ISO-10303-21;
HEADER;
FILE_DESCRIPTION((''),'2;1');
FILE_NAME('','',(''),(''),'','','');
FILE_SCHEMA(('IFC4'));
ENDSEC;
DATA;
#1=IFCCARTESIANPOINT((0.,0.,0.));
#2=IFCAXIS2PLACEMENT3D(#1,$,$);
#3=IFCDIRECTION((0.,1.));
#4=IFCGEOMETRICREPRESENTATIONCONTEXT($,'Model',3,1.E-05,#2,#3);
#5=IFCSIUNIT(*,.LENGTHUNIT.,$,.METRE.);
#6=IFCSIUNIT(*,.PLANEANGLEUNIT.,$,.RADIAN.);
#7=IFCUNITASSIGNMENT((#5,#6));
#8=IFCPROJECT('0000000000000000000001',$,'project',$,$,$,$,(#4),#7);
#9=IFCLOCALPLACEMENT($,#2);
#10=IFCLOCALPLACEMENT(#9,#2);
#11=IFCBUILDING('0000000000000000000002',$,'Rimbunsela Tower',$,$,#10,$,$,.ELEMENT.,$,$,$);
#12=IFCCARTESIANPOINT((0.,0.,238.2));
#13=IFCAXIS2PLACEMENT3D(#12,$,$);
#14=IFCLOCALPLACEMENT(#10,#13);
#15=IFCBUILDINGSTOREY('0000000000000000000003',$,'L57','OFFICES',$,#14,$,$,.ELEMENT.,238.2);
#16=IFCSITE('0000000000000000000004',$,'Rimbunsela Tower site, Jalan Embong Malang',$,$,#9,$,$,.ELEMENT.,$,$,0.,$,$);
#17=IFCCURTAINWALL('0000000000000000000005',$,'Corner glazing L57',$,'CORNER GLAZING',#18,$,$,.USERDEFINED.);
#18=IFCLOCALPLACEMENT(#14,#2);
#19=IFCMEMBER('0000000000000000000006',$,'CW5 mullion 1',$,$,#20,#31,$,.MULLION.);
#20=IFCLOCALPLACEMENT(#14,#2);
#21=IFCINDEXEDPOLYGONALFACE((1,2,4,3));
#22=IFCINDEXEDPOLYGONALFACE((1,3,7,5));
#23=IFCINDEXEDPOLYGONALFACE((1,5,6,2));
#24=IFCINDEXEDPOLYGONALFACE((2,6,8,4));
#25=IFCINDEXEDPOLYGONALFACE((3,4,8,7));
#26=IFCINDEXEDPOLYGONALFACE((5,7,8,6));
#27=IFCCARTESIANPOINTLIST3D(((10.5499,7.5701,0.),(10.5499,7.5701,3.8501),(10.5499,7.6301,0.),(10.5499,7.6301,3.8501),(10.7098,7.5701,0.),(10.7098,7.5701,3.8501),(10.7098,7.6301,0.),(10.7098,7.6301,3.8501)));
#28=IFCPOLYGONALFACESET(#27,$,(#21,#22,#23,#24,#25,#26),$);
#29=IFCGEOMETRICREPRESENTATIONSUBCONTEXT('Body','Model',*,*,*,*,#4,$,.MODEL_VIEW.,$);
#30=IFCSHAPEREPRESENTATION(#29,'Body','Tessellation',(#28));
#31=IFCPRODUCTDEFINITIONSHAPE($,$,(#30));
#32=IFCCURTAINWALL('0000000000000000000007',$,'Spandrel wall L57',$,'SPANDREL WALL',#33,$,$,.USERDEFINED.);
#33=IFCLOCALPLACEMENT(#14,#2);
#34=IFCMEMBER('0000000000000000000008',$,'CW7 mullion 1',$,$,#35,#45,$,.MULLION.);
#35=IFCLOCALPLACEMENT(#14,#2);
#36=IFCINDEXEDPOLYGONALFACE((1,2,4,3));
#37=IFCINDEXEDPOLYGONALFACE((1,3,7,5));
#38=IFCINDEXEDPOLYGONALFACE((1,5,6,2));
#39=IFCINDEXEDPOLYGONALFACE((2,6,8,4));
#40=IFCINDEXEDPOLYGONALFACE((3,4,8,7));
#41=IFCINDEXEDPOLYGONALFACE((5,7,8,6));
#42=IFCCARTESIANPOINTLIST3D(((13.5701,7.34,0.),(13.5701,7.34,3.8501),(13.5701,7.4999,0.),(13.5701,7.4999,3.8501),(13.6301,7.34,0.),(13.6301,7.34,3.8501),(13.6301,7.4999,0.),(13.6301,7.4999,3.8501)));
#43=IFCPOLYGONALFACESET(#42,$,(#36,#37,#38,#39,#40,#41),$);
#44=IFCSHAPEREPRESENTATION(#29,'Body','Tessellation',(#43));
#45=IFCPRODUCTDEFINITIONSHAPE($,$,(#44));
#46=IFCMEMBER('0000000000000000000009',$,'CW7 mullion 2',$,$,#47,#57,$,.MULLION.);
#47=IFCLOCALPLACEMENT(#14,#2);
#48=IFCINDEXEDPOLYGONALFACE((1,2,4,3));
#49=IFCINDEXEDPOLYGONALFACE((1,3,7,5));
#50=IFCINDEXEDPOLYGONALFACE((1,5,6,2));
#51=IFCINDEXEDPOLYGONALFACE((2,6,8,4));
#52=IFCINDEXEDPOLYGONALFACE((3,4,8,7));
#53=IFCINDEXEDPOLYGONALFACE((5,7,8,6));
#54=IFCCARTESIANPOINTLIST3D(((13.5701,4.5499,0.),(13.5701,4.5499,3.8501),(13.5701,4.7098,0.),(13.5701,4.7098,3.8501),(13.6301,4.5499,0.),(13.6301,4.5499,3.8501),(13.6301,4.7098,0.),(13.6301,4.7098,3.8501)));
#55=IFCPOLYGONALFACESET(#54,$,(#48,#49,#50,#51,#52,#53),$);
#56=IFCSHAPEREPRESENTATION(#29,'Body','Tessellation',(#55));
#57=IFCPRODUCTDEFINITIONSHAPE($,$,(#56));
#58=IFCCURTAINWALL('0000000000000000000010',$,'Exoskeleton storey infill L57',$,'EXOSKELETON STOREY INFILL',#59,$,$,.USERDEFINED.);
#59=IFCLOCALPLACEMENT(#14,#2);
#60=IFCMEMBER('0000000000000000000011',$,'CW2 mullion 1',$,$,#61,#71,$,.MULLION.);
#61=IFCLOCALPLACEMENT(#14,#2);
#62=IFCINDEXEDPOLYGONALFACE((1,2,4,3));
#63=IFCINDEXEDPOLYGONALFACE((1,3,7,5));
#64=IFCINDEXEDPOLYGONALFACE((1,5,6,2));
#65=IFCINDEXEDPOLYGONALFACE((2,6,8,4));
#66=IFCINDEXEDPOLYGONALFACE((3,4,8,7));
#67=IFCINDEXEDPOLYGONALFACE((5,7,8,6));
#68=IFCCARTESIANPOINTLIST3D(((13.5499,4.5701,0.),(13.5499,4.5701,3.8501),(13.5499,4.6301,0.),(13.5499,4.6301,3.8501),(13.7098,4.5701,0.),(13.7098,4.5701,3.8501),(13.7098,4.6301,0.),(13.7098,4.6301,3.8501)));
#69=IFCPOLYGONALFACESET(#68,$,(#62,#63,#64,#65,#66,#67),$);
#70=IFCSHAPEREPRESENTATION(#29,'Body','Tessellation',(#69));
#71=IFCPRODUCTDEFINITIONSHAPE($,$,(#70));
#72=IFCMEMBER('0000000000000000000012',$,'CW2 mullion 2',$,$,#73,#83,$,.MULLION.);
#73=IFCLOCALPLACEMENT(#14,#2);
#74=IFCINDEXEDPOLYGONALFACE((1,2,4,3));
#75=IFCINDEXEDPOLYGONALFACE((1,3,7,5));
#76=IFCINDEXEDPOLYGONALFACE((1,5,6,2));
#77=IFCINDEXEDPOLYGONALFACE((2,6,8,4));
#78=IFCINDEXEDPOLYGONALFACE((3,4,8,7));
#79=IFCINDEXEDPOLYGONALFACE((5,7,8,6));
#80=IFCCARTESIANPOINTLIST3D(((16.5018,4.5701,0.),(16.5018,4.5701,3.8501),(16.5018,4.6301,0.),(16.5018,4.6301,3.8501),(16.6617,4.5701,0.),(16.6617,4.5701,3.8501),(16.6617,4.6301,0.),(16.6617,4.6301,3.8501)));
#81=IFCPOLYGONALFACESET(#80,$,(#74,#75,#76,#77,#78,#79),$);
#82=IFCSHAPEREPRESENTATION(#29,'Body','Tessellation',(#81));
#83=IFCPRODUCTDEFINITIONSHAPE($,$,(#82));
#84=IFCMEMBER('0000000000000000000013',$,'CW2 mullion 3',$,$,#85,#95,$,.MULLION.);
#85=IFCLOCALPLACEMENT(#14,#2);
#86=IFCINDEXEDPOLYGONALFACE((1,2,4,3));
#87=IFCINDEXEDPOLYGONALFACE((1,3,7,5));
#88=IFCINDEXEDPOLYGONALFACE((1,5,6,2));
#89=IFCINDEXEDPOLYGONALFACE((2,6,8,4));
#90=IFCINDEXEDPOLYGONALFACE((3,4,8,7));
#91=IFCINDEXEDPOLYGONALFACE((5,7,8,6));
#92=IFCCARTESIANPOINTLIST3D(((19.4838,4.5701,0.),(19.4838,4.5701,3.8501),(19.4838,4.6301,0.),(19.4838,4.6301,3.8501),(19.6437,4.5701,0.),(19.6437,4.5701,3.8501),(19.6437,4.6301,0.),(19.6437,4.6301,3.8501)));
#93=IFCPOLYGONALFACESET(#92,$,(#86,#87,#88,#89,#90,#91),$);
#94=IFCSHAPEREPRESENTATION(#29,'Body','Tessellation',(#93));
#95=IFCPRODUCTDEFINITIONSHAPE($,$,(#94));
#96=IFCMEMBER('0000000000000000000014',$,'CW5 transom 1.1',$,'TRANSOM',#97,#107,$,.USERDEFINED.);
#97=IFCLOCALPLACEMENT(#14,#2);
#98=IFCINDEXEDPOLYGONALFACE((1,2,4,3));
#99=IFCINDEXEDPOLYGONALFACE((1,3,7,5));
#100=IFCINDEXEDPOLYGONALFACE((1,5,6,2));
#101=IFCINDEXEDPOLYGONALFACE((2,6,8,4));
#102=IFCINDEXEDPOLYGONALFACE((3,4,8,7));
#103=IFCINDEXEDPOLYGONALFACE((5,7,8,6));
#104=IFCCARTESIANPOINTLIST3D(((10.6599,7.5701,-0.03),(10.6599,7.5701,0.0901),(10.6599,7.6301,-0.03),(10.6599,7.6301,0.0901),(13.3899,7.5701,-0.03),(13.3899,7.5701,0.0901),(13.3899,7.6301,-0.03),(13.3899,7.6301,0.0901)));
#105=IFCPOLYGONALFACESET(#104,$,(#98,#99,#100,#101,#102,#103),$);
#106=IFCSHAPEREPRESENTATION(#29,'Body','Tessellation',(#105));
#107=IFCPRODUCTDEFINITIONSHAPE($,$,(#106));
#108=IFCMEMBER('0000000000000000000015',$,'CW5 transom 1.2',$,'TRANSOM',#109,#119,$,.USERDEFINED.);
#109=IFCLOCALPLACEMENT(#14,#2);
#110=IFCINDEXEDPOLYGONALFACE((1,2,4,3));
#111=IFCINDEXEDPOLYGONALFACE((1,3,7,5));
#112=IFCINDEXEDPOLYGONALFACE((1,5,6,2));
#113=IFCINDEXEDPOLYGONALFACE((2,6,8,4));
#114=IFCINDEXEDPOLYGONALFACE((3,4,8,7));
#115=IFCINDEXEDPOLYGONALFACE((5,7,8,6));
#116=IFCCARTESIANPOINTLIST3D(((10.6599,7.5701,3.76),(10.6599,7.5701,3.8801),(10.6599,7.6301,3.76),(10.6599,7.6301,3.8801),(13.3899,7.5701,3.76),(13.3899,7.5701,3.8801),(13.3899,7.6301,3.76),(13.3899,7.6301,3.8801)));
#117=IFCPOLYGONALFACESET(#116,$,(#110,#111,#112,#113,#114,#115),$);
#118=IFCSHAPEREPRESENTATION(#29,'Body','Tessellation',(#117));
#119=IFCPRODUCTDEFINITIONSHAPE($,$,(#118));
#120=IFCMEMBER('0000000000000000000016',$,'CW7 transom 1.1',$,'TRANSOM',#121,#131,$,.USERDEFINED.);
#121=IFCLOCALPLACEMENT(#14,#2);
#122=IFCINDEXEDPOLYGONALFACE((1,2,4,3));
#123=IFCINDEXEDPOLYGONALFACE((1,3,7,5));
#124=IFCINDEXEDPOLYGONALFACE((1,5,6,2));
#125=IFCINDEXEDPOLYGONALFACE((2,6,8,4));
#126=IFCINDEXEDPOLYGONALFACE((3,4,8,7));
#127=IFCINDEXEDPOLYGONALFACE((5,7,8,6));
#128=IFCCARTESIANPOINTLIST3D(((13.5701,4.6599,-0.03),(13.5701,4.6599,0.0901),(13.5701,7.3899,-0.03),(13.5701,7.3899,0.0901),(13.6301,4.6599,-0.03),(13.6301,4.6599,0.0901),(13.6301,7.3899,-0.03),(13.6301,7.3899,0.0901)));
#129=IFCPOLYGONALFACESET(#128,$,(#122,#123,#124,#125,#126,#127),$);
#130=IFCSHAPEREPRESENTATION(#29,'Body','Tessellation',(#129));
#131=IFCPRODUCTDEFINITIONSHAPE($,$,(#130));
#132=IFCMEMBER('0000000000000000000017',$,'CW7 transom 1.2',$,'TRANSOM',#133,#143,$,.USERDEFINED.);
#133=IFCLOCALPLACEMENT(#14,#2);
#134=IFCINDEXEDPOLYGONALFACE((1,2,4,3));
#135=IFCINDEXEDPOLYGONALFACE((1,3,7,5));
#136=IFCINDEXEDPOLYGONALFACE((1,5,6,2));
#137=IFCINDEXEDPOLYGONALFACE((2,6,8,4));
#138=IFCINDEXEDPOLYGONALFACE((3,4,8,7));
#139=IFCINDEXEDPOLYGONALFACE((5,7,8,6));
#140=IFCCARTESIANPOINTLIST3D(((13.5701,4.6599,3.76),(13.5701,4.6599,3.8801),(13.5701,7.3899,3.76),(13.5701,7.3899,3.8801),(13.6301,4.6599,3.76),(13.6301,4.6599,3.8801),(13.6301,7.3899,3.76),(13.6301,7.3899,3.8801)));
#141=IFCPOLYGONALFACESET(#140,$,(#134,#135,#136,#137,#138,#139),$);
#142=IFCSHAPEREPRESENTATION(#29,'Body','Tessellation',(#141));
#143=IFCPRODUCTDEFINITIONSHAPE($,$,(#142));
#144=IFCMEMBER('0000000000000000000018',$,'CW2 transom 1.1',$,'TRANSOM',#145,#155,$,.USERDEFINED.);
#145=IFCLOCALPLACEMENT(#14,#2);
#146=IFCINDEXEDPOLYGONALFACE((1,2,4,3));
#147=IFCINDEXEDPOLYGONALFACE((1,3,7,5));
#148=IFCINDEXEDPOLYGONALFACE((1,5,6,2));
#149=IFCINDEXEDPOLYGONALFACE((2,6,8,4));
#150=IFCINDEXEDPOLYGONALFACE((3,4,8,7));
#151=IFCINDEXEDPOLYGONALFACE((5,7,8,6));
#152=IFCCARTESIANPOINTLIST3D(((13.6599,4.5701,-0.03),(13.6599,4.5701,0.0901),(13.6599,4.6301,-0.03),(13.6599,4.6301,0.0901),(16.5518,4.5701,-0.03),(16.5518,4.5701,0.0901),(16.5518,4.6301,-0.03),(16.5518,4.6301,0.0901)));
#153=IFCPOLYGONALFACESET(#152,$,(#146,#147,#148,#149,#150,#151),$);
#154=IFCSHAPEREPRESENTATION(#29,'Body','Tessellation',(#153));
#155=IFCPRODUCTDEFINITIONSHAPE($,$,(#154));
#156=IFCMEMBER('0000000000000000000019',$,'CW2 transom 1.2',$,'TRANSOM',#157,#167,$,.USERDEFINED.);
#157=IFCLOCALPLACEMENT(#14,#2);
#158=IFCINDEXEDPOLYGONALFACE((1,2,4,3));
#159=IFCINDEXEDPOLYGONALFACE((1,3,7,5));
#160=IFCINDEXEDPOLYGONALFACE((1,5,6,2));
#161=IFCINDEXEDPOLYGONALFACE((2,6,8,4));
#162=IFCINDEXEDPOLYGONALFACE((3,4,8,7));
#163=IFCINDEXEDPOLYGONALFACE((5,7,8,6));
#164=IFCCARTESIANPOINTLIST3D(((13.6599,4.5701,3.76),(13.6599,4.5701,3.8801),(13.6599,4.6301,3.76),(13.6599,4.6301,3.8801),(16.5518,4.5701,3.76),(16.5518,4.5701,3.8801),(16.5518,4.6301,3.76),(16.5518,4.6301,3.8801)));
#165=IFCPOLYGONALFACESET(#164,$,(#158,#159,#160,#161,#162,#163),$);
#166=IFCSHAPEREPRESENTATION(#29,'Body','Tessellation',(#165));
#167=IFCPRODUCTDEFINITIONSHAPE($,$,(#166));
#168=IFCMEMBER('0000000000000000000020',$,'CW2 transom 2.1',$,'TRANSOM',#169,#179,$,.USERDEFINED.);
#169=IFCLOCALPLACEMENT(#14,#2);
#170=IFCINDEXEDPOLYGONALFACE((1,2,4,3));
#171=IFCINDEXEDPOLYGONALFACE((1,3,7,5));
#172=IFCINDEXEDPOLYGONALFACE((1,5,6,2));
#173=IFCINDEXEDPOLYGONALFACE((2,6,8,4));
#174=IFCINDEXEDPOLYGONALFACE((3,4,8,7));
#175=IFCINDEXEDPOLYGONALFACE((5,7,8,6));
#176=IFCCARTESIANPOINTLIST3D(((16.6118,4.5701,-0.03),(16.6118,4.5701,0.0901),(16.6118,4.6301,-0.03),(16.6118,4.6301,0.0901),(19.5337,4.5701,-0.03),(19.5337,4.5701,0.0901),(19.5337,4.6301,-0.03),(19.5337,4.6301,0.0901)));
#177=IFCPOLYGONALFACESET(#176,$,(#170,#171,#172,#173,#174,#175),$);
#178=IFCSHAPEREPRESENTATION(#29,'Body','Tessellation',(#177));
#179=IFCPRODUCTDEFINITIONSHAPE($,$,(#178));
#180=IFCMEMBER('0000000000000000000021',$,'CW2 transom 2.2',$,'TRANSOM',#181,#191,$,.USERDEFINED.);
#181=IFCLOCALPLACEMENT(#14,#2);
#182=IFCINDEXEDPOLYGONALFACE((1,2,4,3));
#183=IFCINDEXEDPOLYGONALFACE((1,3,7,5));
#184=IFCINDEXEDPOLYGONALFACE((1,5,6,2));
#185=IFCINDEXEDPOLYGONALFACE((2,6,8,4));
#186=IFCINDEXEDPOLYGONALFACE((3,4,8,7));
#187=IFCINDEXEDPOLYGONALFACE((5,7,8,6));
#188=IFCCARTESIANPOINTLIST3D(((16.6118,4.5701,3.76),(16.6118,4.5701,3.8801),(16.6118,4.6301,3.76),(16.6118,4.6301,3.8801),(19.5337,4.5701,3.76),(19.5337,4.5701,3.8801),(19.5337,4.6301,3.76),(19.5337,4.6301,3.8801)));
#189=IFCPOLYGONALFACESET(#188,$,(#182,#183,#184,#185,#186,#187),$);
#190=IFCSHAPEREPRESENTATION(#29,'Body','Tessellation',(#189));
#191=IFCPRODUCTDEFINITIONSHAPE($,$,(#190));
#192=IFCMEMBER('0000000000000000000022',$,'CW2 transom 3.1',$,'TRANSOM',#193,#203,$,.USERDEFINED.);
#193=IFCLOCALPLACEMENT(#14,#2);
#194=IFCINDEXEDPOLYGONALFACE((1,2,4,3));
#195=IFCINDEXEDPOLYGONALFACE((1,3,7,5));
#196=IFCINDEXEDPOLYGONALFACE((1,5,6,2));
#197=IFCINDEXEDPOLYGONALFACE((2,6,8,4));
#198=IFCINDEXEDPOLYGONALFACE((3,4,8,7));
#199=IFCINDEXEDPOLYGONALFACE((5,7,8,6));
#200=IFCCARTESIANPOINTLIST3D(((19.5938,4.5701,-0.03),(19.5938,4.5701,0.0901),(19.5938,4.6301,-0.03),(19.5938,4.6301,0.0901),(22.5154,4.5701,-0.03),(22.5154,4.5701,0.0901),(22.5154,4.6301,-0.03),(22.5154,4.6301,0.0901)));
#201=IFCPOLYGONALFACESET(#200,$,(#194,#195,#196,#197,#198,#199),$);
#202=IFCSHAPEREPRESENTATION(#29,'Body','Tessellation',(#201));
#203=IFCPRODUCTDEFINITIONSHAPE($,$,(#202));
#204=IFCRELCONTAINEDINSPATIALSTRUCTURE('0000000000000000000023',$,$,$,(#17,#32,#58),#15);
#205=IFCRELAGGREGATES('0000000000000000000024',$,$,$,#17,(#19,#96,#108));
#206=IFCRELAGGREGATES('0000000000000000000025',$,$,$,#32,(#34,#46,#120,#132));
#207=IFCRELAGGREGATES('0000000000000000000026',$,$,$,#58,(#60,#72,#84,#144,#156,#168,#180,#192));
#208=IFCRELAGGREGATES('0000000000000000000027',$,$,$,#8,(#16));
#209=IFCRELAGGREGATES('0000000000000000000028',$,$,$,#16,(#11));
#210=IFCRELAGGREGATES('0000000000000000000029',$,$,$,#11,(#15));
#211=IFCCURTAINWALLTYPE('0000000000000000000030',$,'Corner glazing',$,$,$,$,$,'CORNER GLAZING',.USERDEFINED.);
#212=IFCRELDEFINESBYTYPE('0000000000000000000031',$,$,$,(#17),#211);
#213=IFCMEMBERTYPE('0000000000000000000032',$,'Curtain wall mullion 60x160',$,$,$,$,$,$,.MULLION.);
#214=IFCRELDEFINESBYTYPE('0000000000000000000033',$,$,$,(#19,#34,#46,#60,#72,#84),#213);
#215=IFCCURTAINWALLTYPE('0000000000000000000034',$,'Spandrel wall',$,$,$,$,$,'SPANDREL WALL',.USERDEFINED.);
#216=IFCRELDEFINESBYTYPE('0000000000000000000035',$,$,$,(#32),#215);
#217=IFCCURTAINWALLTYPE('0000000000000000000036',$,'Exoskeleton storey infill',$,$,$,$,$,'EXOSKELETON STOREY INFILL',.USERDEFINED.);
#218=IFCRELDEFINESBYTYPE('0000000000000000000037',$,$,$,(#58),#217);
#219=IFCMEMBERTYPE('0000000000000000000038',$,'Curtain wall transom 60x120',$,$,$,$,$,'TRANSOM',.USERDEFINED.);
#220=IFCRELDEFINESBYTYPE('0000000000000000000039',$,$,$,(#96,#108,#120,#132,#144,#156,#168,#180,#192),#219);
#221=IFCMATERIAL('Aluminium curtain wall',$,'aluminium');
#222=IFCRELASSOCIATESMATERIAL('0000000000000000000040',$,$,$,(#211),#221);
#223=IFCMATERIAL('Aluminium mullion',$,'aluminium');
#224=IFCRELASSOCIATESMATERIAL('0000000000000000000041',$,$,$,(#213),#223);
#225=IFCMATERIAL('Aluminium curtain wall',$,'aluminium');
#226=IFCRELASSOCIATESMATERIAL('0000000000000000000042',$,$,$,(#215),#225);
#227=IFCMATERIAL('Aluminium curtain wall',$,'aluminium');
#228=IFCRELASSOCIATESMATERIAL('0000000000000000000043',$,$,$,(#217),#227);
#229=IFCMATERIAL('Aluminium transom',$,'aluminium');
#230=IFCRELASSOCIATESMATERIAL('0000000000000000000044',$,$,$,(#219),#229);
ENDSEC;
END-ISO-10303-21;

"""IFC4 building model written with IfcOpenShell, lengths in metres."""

from ifc_helpers import new_model, si_unit, direction, frame, origin, origin_2d, place, context, subcontext, project, spatial, rectangle, extrude, material, material_profile, profile_set, type_object, element, aggregate, save


model = new_model("IFC4")

# Units and contexts
model_context = context("Model", 3, precision=1e-05, world=origin(), true_north=direction((0.0, 1.0)))
body_context = subcontext(model_context, "Body", "Model", "MODEL_VIEW")
ifc_project = project(units=[si_unit("LENGTHUNIT", "METRE"), si_unit("PLANEANGLEUNIT", "RADIAN")], contexts=[model_context])

# Site, building, storey
site_placement = place(None, origin())
site = spatial("IfcSite", under=ifc_project, at=site_placement, Name="Rimbunsela Tower site, Jalan Embong Malang", CompositionType="ELEMENT", RefElevation=0.0)
building_placement = place(site_placement, origin())
building = spatial("IfcBuilding", under=site, at=building_placement, Name="Rimbunsela Tower", CompositionType="ELEMENT")
storey_placement = place(building_placement, frame((0.0, 0.0, 238.2)))
storey = spatial("IfcBuildingStorey", under=building, at=storey_placement, Name="L57", Description="OFFICES", CompositionType="ELEMENT", Elevation=238.2)

# Curtain wall, member
ifc_material_1 = material(Name="Aluminium curtain wall", Category="aluminium")
curtain_wall_type_1 = type_object("IfcCurtainWallType", Name="Corner glazing", ElementType="CORNER GLAZING", PredefinedType="USERDEFINED", material=ifc_material_1)
curtain_wall_1_placement = place(storey_placement, origin())
curtain_wall_1 = element("IfcCurtainWall", 1, at=curtain_wall_1_placement, inside=storey, type_object=curtain_wall_type_1, Name="Corner glazing L57", ObjectType="CORNER GLAZING", PredefinedType="USERDEFINED")
ifc_material_2 = material(Name="Aluminium mullion", Category="aluminium")
ifc_material_profile_1 = material_profile(ifc_material_2, rectangle(XDim=0.0601, YDim=0.1599, at=origin_2d()), Name="Mullion 60x160")
ifc_profile_set_1 = profile_set([ifc_material_profile_1], Name="Aluminium mullion")
member_type_1 = type_object("IfcMemberType", Name="Curtain wall mullion 60x160", PredefinedType="MULLION", material=ifc_profile_set_1)
member_1_placement = place(storey_placement, frame((10.6299, 7.6001, 0.0), z_axis=(0.0, 0.0, 1.0), x_axis=(0.0, 1.0, 0.0)))
member_1 = element("IfcMember", 2, at=member_1_placement, type_object=member_type_1, Name="CW5 mullion 1", PredefinedType="MULLION", context=body_context, shape_type="SweptSolid", body=[
    extrude(rectangle(XDim=0.0601, YDim=0.1599, at=origin_2d()), origin(), (0.0, 0.0, 1.0), 3.8501),
])

# Curtain walls, members
ifc_material_3 = material(Name="Aluminium curtain wall", Category="aluminium")
curtain_wall_type_2 = type_object("IfcCurtainWallType", Name="Spandrel wall", ElementType="SPANDREL WALL", PredefinedType="USERDEFINED", material=ifc_material_3)
curtain_wall_2_placement = place(storey_placement, origin())
curtain_wall_2 = element("IfcCurtainWall", 3, at=curtain_wall_2_placement, inside=storey, type_object=curtain_wall_type_2, Name="Spandrel wall L57", ObjectType="SPANDREL WALL", PredefinedType="USERDEFINED")
member_2_placement = place(storey_placement, frame((13.6001, 7.4199, 0.0), z_axis=(0.0, 0.0, 1.0), x_axis=(1.0, 0.0, 0.0)))
member_2 = element("IfcMember", 4, at=member_2_placement, type_object=member_type_1, Name="CW7 mullion 1", PredefinedType="MULLION", context=body_context, shape_type="SweptSolid", body=[
    extrude(rectangle(XDim=0.0601, YDim=0.1599, at=origin_2d()), origin(), (0.0, 0.0, 1.0), 3.8501),
])
member_3_placement = place(storey_placement, frame((13.6001, 4.6299, 0.0), z_axis=(0.0, 0.0, 1.0), x_axis=(1.0, 0.0, 0.0)))
member_3 = element("IfcMember", 5, at=member_3_placement, type_object=member_type_1, Name="CW7 mullion 2", PredefinedType="MULLION", context=body_context, shape_type="SweptSolid", body=[
    extrude(rectangle(XDim=0.0601, YDim=0.1599, at=origin_2d()), origin(), (0.0, 0.0, 1.0), 3.8501),
])
ifc_material_4 = material(Name="Aluminium curtain wall", Category="aluminium")
curtain_wall_type_3 = type_object("IfcCurtainWallType", Name="Exoskeleton storey infill", ElementType="EXOSKELETON STOREY INFILL", PredefinedType="USERDEFINED", material=ifc_material_4)
curtain_wall_3_placement = place(storey_placement, origin())
curtain_wall_3 = element("IfcCurtainWall", 6, at=curtain_wall_3_placement, inside=storey, type_object=curtain_wall_type_3, Name="Exoskeleton storey infill L57", ObjectType="EXOSKELETON STOREY INFILL", PredefinedType="USERDEFINED")
member_4_placement = place(storey_placement, frame((13.6299, 4.6001, 0.0), z_axis=(0.0, 0.0, 1.0), x_axis=(0.0, 1.0, 0.0)))
member_4 = element("IfcMember", 7, at=member_4_placement, type_object=member_type_1, Name="CW2 mullion 1", PredefinedType="MULLION", context=body_context, shape_type="SweptSolid", body=[
    extrude(rectangle(XDim=0.0601, YDim=0.1599, at=origin_2d()), origin(), (0.0, 0.0, 1.0), 3.8501),
])
member_5_placement = place(storey_placement, frame((16.5818, 4.6001, 0.0), z_axis=(0.0, 0.0, 1.0), x_axis=(0.0, 1.0, 0.0)))
member_5 = element("IfcMember", 8, at=member_5_placement, type_object=member_type_1, Name="CW2 mullion 2", PredefinedType="MULLION", context=body_context, shape_type="SweptSolid", body=[
    extrude(rectangle(XDim=0.0601, YDim=0.1599, at=origin_2d()), origin(), (0.0, 0.0, 1.0), 3.8501),
])
member_6_placement = place(storey_placement, frame((19.5637, 4.6001, 0.0), z_axis=(0.0, 0.0, 1.0), x_axis=(0.0, 1.0, 0.0)))
member_6 = element("IfcMember", 9, at=member_6_placement, type_object=member_type_1, Name="CW2 mullion 3", PredefinedType="MULLION", context=body_context, shape_type="SweptSolid", body=[
    extrude(rectangle(XDim=0.0601, YDim=0.1599, at=origin_2d()), origin(), (0.0, 0.0, 1.0), 3.8501),
])

# Members
ifc_material_5 = material(Name="Aluminium transom", Category="aluminium")
ifc_material_profile_2 = material_profile(ifc_material_5, rectangle(XDim=0.0601, YDim=0.1201, at=origin_2d()), Name="Transom 60x120")
ifc_profile_set_2 = profile_set([ifc_material_profile_2], Name="Aluminium transom")
member_type_2 = type_object("IfcMemberType", Name="Curtain wall transom 60x120", ElementType="TRANSOM", PredefinedType="USERDEFINED", material=ifc_profile_set_2)
member_7_placement = place(storey_placement, frame((10.6599, 7.6001, 0.03), z_axis=(1.0, 0.0, 0.0), x_axis=(0.0, 1.0, 0.0)))
member_7 = element("IfcMember", 10, at=member_7_placement, type_object=member_type_2, Name="CW5 transom 1.1", ObjectType="TRANSOM", PredefinedType="USERDEFINED", context=body_context, shape_type="SweptSolid", body=[
    extrude(rectangle(XDim=0.0601, YDim=0.1201, at=origin_2d()), origin(), (0.0, 0.0, 1.0), 2.73),
])
member_8_placement = place(storey_placement, frame((10.6599, 7.6001, 3.8201), z_axis=(1.0, 0.0, 0.0), x_axis=(0.0, 1.0, 0.0)))
member_8 = element("IfcMember", 11, at=member_8_placement, type_object=member_type_2, Name="CW5 transom 1.2", ObjectType="TRANSOM", PredefinedType="USERDEFINED", context=body_context, shape_type="SweptSolid", body=[
    extrude(rectangle(XDim=0.0601, YDim=0.1201, at=origin_2d()), origin(), (0.0, 0.0, 1.0), 2.73),
])
member_9_placement = place(storey_placement, frame((13.6001, 7.3899, 0.03), z_axis=(0.0, -1.0, 0.0), x_axis=(1.0, 0.0, 0.0)))
member_9 = element("IfcMember", 12, at=member_9_placement, type_object=member_type_2, Name="CW7 transom 1.1", ObjectType="TRANSOM", PredefinedType="USERDEFINED", context=body_context, shape_type="SweptSolid", body=[
    extrude(rectangle(XDim=0.0601, YDim=0.1201, at=origin_2d()), origin(), (0.0, 0.0, 1.0), 2.73),
])
member_10_placement = place(storey_placement, frame((13.6001, 7.3899, 3.8201), z_axis=(0.0, -1.0, 0.0), x_axis=(1.0, 0.0, 0.0)))
member_10 = element("IfcMember", 13, at=member_10_placement, type_object=member_type_2, Name="CW7 transom 1.2", ObjectType="TRANSOM", PredefinedType="USERDEFINED", context=body_context, shape_type="SweptSolid", body=[
    extrude(rectangle(XDim=0.0601, YDim=0.1201, at=origin_2d()), origin(), (0.0, 0.0, 1.0), 2.73),
])
member_11_placement = place(storey_placement, frame((13.6599, 4.6001, 0.03), z_axis=(1.0, 0.0, 0.0), x_axis=(0.0, 1.0, 0.0)))
member_11 = element("IfcMember", 14, at=member_11_placement, type_object=member_type_2, Name="CW2 transom 1.1", ObjectType="TRANSOM", PredefinedType="USERDEFINED", context=body_context, shape_type="SweptSolid", body=[
    extrude(rectangle(XDim=0.0601, YDim=0.1201, at=origin_2d()), origin(), (0.0, 0.0, 1.0), 2.8918),
])
member_12_placement = place(storey_placement, frame((13.6599, 4.6001, 3.8201), z_axis=(1.0, 0.0, 0.0), x_axis=(0.0, 1.0, 0.0)))
member_12 = element("IfcMember", 15, at=member_12_placement, type_object=member_type_2, Name="CW2 transom 1.2", ObjectType="TRANSOM", PredefinedType="USERDEFINED", context=body_context, shape_type="SweptSolid", body=[
    extrude(rectangle(XDim=0.0601, YDim=0.1201, at=origin_2d()), origin(), (0.0, 0.0, 1.0), 2.8918),
])
member_13_placement = place(storey_placement, frame((16.6118, 4.6001, 0.03), z_axis=(1.0, 0.0, 0.0), x_axis=(0.0, 1.0, 0.0)))
member_13 = element("IfcMember", 16, at=member_13_placement, type_object=member_type_2, Name="CW2 transom 2.1", ObjectType="TRANSOM", PredefinedType="USERDEFINED", context=body_context, shape_type="SweptSolid", body=[
    extrude(rectangle(XDim=0.0601, YDim=0.1201, at=origin_2d()), origin(), (0.0, 0.0, 1.0), 2.9219),
])
member_14_placement = place(storey_placement, frame((16.6118, 4.6001, 3.8201), z_axis=(1.0, 0.0, 0.0), x_axis=(0.0, 1.0, 0.0)))
member_14 = element("IfcMember", 17, at=member_14_placement, type_object=member_type_2, Name="CW2 transom 2.2", ObjectType="TRANSOM", PredefinedType="USERDEFINED", context=body_context, shape_type="SweptSolid", body=[
    extrude(rectangle(XDim=0.0601, YDim=0.1201, at=origin_2d()), origin(), (0.0, 0.0, 1.0), 2.9219),
])
member_15_placement = place(storey_placement, frame((19.5938, 4.6001, 0.03), z_axis=(1.0, 0.0, 0.0), x_axis=(0.0, 1.0, 0.0)))
member_15 = element("IfcMember", 18, at=member_15_placement, type_object=member_type_2, Name="CW2 transom 3.1", ObjectType="TRANSOM", PredefinedType="USERDEFINED", context=body_context, shape_type="SweptSolid", body=[
    extrude(rectangle(XDim=0.0601, YDim=0.1201, at=origin_2d()), origin(), (0.0, 0.0, 1.0), 2.9216),
])

aggregate(curtain_wall_1, [member_1, member_7, member_8])
aggregate(curtain_wall_2, [member_2, member_3, member_9, member_10])
aggregate(curtain_wall_3, [member_4, member_5, member_6, member_11, member_12, member_13, member_14, member_15])

save(model, "model.ifc")
